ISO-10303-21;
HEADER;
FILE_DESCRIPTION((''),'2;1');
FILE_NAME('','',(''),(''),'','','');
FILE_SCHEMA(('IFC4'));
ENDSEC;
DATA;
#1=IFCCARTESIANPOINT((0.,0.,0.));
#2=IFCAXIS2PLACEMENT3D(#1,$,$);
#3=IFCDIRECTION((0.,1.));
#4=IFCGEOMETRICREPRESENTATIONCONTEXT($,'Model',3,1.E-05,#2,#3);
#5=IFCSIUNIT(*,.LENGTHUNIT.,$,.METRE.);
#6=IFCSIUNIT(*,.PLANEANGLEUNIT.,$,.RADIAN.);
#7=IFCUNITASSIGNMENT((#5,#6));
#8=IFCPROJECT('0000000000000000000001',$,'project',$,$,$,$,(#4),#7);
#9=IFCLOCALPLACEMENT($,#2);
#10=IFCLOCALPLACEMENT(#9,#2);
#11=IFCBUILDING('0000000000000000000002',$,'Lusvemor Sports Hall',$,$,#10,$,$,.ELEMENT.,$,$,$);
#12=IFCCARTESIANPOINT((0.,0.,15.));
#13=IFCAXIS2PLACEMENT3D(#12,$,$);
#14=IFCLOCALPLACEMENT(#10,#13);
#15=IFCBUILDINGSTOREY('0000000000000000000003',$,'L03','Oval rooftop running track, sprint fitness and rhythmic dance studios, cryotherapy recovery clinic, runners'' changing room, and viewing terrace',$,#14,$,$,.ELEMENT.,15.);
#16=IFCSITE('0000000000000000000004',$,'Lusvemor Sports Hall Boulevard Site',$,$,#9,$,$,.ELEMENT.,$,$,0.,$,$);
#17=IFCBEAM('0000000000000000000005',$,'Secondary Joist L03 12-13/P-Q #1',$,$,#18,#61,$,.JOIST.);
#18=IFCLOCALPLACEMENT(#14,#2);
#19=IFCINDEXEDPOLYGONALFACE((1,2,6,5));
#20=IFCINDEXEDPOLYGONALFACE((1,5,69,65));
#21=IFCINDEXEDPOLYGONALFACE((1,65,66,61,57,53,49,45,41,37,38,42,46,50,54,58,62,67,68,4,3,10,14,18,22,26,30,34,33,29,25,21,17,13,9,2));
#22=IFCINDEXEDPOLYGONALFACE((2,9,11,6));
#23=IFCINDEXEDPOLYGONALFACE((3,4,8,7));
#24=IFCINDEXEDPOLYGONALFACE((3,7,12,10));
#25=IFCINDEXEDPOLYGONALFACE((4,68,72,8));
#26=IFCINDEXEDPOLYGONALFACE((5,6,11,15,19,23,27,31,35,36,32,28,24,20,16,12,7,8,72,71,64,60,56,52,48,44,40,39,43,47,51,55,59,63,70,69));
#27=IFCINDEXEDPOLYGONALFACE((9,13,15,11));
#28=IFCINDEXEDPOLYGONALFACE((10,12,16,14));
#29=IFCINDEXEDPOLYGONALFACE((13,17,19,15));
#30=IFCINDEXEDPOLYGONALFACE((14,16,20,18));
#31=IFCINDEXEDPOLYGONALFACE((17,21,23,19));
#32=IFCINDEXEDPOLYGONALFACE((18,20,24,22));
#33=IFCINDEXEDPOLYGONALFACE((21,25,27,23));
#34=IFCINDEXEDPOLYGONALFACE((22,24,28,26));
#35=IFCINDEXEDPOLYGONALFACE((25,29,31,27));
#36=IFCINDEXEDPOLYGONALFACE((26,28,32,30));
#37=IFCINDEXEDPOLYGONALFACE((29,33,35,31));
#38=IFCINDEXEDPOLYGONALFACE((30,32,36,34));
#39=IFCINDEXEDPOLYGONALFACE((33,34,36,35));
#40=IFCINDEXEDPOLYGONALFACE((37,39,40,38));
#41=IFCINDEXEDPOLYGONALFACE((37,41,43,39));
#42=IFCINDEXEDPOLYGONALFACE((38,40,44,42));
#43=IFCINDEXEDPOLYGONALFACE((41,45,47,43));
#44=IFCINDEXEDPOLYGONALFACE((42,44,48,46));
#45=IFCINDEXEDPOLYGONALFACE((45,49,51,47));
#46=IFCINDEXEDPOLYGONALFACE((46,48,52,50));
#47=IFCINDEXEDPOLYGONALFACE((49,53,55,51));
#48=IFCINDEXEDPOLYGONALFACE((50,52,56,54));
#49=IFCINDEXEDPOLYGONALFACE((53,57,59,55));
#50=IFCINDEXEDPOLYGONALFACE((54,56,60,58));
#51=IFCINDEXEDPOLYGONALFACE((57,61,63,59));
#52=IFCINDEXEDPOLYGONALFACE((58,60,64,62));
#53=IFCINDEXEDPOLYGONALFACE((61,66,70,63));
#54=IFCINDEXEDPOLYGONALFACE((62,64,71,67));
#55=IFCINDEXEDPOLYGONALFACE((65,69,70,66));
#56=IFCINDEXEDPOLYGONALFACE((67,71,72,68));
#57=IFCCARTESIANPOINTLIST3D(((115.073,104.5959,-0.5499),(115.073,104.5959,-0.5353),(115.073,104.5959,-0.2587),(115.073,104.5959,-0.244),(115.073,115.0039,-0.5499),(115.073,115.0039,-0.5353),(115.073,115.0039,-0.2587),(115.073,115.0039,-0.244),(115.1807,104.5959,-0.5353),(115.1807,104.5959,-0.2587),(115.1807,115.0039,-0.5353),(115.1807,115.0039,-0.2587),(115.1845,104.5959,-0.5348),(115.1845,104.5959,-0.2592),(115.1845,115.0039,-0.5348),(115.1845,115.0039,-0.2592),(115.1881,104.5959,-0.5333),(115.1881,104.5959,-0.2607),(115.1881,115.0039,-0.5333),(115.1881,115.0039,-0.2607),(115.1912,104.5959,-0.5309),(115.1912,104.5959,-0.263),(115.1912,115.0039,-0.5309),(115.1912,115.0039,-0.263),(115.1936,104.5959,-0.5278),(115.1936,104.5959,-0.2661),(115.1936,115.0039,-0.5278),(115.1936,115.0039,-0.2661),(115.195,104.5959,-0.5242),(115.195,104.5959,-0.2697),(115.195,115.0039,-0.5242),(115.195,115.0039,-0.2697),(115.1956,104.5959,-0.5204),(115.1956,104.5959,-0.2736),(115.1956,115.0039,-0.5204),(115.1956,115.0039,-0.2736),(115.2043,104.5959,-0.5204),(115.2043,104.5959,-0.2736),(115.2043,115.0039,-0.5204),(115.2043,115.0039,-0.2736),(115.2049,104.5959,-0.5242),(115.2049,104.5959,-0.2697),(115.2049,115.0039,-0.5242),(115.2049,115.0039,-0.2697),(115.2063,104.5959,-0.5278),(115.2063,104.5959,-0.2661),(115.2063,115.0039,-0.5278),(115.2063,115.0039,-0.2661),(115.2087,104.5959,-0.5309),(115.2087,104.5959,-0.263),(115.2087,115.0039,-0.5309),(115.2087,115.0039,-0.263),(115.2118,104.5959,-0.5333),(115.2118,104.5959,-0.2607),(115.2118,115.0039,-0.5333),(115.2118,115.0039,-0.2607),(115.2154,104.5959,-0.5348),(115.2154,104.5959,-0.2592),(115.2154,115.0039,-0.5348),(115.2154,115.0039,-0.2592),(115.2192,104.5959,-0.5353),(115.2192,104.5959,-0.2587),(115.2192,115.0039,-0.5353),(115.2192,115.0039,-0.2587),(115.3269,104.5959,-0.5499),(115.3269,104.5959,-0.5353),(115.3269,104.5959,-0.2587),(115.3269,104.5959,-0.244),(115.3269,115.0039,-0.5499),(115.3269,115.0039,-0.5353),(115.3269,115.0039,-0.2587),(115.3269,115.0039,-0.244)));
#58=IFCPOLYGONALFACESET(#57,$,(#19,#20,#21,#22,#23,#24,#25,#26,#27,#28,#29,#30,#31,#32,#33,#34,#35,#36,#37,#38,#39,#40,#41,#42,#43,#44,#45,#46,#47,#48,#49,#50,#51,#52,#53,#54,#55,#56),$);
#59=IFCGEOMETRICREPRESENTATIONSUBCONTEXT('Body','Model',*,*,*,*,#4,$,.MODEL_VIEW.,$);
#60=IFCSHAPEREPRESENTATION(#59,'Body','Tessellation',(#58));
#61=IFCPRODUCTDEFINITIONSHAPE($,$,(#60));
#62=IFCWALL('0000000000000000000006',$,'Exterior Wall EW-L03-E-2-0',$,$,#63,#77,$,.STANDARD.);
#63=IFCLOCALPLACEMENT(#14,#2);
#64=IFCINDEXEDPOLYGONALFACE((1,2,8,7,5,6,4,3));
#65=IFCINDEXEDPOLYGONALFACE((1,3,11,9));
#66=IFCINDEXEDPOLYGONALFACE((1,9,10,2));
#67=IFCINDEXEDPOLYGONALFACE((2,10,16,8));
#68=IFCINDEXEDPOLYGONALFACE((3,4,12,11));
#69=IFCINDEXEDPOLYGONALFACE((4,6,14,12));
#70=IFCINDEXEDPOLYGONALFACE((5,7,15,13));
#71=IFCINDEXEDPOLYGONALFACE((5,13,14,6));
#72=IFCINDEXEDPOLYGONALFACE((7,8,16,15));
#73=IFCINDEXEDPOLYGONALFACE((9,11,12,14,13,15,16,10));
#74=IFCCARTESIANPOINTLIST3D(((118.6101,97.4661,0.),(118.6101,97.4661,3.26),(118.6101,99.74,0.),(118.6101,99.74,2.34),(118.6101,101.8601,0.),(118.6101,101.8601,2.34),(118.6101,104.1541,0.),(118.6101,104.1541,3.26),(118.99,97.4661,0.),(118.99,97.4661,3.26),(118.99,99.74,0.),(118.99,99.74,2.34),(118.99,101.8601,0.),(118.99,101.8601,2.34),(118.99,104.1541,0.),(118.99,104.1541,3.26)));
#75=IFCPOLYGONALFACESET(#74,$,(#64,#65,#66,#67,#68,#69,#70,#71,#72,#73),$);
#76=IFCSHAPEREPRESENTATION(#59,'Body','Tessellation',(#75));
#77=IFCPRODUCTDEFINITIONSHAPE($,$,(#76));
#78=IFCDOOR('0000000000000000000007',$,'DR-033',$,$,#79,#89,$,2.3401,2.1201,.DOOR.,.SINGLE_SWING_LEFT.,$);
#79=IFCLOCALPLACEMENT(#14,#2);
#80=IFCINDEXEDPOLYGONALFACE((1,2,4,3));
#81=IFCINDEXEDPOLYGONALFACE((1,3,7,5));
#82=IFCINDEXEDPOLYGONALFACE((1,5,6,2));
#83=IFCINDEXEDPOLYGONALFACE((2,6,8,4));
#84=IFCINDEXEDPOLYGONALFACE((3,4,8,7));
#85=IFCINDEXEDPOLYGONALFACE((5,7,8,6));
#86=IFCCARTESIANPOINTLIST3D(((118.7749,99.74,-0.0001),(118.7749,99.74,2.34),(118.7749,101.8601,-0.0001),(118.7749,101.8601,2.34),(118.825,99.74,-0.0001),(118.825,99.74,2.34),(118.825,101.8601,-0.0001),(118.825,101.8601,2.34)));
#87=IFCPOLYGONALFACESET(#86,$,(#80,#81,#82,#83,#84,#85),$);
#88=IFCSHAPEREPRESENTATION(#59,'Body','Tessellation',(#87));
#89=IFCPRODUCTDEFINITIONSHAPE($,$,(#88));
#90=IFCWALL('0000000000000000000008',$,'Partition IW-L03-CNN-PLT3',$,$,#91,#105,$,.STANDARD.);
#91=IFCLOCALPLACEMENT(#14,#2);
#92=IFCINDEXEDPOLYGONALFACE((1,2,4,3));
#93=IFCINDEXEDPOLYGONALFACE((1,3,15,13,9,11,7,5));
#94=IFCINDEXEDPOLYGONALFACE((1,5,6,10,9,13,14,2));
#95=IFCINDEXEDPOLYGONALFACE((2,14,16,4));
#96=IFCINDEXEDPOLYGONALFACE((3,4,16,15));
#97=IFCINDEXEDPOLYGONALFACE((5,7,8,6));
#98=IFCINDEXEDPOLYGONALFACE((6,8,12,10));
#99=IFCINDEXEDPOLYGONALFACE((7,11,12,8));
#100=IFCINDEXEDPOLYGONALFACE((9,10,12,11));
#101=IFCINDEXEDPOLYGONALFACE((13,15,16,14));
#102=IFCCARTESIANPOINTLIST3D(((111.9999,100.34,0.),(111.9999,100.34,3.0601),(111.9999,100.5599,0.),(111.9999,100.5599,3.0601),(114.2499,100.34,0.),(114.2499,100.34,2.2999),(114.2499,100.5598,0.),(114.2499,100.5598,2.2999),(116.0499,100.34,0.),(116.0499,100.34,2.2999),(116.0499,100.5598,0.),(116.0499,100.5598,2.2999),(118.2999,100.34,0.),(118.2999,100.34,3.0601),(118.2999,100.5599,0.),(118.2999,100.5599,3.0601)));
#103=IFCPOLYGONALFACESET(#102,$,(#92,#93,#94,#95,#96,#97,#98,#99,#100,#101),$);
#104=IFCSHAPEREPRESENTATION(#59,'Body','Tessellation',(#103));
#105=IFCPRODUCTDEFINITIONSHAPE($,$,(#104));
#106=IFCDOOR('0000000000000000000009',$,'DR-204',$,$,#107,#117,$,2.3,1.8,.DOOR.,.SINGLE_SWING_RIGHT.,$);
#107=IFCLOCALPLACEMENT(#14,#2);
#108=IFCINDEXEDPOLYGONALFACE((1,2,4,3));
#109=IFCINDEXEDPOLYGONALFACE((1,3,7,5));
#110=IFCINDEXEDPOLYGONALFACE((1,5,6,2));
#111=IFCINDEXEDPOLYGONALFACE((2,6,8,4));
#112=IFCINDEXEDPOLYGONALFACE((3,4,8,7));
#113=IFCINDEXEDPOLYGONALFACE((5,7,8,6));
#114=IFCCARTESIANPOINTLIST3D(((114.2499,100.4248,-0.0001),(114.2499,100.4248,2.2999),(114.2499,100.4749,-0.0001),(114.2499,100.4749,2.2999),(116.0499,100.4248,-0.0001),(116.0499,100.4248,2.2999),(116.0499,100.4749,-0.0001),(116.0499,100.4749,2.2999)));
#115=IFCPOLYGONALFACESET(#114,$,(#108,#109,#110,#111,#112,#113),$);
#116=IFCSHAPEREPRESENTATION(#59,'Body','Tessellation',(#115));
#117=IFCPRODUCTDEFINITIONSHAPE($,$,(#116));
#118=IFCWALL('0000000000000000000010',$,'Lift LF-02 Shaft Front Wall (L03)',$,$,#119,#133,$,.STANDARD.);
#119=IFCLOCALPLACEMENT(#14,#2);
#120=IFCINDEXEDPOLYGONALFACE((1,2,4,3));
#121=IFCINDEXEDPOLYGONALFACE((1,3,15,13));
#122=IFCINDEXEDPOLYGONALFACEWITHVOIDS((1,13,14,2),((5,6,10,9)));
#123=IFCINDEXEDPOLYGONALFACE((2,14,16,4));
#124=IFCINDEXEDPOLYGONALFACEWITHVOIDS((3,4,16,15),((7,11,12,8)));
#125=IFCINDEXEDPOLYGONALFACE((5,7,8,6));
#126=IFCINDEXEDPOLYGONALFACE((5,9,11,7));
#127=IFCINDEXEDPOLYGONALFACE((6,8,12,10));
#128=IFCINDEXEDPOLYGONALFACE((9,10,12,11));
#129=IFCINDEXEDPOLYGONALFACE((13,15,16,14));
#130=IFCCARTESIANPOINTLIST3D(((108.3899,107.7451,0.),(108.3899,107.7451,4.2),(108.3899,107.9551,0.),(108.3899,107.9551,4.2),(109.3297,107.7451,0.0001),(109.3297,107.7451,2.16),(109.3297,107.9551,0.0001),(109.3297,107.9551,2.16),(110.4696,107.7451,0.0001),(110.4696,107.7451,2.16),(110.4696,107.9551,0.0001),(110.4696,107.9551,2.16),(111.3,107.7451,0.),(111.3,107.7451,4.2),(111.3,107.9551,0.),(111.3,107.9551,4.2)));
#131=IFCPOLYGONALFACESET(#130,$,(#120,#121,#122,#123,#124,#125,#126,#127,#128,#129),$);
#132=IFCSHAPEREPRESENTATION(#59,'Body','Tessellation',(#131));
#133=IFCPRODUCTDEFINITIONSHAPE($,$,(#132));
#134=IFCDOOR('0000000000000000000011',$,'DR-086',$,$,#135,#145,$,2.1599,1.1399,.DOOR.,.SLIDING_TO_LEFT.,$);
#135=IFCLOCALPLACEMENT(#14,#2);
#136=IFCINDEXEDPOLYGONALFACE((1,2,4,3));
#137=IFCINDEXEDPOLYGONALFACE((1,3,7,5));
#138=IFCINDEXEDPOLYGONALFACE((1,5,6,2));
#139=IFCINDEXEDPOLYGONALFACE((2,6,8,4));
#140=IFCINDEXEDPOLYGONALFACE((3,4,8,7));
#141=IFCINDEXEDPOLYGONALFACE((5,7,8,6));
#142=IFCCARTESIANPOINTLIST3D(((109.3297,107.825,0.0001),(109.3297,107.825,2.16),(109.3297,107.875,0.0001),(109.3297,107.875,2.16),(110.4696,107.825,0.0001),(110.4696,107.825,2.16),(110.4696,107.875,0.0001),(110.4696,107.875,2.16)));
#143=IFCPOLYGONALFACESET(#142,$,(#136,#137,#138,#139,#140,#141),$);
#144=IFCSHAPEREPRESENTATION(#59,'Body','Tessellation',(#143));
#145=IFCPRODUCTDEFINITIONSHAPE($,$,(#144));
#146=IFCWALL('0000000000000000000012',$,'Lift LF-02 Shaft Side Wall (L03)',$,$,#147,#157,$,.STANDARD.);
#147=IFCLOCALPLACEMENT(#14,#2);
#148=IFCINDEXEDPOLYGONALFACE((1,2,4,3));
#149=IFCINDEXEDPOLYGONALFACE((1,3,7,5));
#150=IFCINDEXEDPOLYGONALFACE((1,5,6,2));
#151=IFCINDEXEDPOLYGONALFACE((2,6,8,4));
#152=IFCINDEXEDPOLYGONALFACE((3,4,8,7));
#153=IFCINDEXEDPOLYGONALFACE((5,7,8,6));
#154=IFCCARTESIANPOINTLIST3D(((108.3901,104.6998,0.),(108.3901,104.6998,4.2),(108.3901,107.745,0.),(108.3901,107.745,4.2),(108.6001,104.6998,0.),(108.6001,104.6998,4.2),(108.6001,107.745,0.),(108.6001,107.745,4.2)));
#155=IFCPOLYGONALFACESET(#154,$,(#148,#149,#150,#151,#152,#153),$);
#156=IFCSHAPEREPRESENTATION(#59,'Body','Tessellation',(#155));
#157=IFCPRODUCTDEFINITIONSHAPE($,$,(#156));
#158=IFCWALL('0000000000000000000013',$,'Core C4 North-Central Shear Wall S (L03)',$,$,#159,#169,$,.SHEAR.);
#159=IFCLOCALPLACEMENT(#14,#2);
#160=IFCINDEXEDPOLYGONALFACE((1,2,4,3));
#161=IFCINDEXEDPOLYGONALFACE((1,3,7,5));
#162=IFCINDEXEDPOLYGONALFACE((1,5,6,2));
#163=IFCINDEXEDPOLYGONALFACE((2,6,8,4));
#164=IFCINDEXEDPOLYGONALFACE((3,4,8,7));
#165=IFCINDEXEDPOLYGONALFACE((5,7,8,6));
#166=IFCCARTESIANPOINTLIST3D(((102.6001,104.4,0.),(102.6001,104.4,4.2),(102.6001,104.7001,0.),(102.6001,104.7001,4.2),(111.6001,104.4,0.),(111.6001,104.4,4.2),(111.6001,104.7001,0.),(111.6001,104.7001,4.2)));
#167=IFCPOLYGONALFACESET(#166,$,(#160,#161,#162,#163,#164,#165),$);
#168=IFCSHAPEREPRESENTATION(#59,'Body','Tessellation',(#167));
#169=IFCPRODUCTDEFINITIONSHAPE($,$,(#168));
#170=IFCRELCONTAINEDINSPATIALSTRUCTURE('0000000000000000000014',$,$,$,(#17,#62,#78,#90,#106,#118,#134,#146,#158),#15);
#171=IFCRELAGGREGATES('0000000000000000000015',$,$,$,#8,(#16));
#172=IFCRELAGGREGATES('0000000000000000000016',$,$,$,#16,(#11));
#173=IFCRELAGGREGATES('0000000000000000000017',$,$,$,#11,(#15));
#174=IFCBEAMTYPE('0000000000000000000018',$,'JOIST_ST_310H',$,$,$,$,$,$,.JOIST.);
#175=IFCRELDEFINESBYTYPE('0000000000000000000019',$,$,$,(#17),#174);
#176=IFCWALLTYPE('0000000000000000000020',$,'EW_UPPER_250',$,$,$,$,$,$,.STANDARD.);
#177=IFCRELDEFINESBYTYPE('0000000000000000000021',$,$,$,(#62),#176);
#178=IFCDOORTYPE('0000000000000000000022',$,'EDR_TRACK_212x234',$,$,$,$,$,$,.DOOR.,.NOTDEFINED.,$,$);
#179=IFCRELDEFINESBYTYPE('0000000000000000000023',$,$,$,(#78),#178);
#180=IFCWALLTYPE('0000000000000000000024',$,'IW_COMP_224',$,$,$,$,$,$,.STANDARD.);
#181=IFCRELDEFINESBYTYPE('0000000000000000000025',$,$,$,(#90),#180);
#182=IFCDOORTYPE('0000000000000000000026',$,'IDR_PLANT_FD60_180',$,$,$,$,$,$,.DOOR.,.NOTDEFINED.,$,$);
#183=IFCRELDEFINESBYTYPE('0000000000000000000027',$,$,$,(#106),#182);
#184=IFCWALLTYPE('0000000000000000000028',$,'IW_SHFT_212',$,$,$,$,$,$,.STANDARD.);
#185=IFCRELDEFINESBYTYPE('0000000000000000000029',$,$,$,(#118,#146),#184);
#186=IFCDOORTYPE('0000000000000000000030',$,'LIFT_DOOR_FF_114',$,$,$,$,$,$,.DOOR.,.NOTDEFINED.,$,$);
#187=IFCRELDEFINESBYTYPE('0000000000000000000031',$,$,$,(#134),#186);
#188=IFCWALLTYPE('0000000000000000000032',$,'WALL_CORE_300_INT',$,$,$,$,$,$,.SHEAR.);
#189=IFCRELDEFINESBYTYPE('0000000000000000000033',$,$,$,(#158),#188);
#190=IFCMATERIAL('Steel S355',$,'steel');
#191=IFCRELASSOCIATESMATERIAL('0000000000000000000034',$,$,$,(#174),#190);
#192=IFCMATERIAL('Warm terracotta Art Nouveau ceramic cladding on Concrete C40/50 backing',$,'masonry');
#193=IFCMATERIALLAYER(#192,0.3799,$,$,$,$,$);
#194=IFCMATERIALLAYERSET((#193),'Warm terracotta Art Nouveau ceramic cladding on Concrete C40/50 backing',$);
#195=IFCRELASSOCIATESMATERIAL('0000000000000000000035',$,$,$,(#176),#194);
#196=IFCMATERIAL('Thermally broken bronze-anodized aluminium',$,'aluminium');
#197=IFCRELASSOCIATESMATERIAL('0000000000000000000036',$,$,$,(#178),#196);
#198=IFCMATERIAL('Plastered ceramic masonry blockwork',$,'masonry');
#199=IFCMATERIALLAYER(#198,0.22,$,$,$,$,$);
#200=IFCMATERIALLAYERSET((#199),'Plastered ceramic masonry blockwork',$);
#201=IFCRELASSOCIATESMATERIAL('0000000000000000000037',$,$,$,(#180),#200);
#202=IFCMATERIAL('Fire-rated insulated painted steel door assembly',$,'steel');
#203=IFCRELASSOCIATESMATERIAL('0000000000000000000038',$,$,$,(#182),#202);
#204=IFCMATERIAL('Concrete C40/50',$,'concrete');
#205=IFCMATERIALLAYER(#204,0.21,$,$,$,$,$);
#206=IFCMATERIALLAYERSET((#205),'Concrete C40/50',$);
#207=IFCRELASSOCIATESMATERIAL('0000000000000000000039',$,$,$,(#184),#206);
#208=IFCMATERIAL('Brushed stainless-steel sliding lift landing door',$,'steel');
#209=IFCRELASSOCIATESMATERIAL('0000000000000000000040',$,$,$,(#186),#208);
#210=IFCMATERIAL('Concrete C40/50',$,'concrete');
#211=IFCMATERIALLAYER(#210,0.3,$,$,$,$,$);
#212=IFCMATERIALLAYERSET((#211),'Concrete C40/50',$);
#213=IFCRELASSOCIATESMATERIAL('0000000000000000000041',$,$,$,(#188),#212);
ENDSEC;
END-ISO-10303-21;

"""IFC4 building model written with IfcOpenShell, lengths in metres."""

from ifc_helpers import new_model, si_unit, direction, frame, frame_2d, origin, origin_2d, place, context, subcontext, project, spatial, rectangle, i_section, extrude, material, layer, layer_set, material_profile, profile_set, type_object, element, fill, save


model = new_model("IFC4")

# Units and contexts
model_context = context("Model", 3, precision=1e-05, world=origin(), true_north=direction((0.0, 1.0)))
body_context = subcontext(model_context, "Body", "Model", "MODEL_VIEW")
ifc_project = project(units=[si_unit("LENGTHUNIT", "METRE"), si_unit("PLANEANGLEUNIT", "RADIAN")], contexts=[model_context])

# Site, building, storey
site_placement = place(None, origin())
site = spatial("IfcSite", under=ifc_project, at=site_placement, Name="Lusvemor Sports Hall Boulevard Site", CompositionType="ELEMENT", RefElevation=0.0)
building_placement = place(site_placement, origin())
building = spatial("IfcBuilding", under=site, at=building_placement, Name="Lusvemor Sports Hall", CompositionType="ELEMENT")
storey_placement = place(building_placement, frame((0.0, 0.0, 15.0)))
storey = spatial("IfcBuildingStorey", under=building, at=storey_placement, Name="L03", Description="Oval rooftop running track, sprint fitness and rhythmic dance studios, cryotherapy recovery clinic, runners' changing room, and viewing terrace", CompositionType="ELEMENT", Elevation=15.0)

# Beam
ifc_material_1 = material(Name="Steel S355", Category="steel")
ifc_material_profile_1 = material_profile(ifc_material_1, i_section(OverallWidth=0.2539, OverallDepth=0.3059, WebThickness=0.0088, FlangeThickness=0.0146, FilletRadius=0.0149, at=origin_2d()), Name="W310x79.0")
ifc_profile_set_1 = profile_set([ifc_material_profile_1], Name="Steel S355")
beam_type_1 = type_object("IfcBeamType", Name="JOIST_ST_310H", PredefinedType="JOIST", material=ifc_profile_set_1)
beam_1_placement = place(storey_placement, frame((115.2, 104.5959, -0.397), z_axis=(0.0, 1.0, 0.0), x_axis=(-1.0, 0.0, 0.0)))
element("IfcBeam", 1, at=beam_1_placement, inside=storey, type_object=beam_type_1, Name="Secondary Joist L03 12-13/P-Q #1", PredefinedType="JOIST", context=body_context, shape_type="SweptSolid", body=[
    extrude(i_section(OverallWidth=0.2539, OverallDepth=0.3059, WebThickness=0.0088, FlangeThickness=0.0146, FilletRadius=0.0149, at=origin_2d()), origin(), (0.0, 0.0, 1.0), 10.408),
])

# Walls, openings, doors
ifc_material_2 = material(Name="Warm terracotta Art Nouveau ceramic cladding on Concrete C40/50 backing", Category="masonry")
ifc_layer_1 = layer(ifc_material_2, 0.3799)
ifc_layer_set_1 = layer_set([ifc_layer_1], Name="Warm terracotta Art Nouveau ceramic cladding on Concrete C40/50 backing")
wall_type_1 = type_object("IfcWallType", Name="EW_UPPER_250", PredefinedType="STANDARD", material=ifc_layer_set_1)
wall_1_placement = place(storey_placement, frame((118.8, 104.1541, 0.0), z_axis=(0.0, 0.0, 1.0), x_axis=(0.0, -1.0, 0.0)))
wall_1 = element("IfcWall", 2, at=wall_1_placement, inside=storey, type_object=wall_type_1, Name="Exterior Wall EW-L03-E-2-0", PredefinedType="STANDARD", context=body_context, shape_type="SweptSolid", body=[
    extrude(rectangle(XDim=6.688, YDim=0.3799, at=frame_2d((3.344, 0.0))), origin(), (0.0, 0.0, 1.0), 3.26),
])
opening_1_placement = place(wall_1_placement, frame((2.2939, 0.0, 0.0)))
opening_1 = element("IfcOpeningElement", 3, at=opening_1_placement, cuts=wall_1, PredefinedType="OPENING", context=body_context, shape_type="SweptSolid", body=[
    extrude(rectangle(XDim=2.1201, YDim=2.3401, at=frame_2d((1.0601, 1.1699))), frame((0.0, 0.1899, 0.0), z_axis=(0.0, -1.0, 0.0), x_axis=(1.0, 0.0, 0.0)), (0.0, 0.0, 1.0), 0.3799),
])
ifc_material_3 = material(Name="Thermally broken bronze-anodized aluminium", Category="aluminium")
door_type_1 = type_object("IfcDoorType", Name="EDR_TRACK_212x234", OperationType="NOTDEFINED", PredefinedType="DOOR", material=ifc_material_3)
door_1_placement = place(opening_1_placement, origin())
door_1 = element("IfcDoor", 4, at=door_1_placement, inside=storey, type_object=door_type_1, Name="DR-033", OperationType="SINGLE_SWING_LEFT", OverallHeight=2.3401, OverallWidth=2.1201, PredefinedType="DOOR", context=body_context, shape_type="SweptSolid", body=[
    extrude(rectangle(XDim=2.1201, YDim=2.3401, at=frame_2d((1.0601, 1.1699))), frame((0.0, 0.0249, 0.0), z_axis=(0.0, -1.0, 0.0), x_axis=(1.0, 0.0, 0.0)), (0.0, 0.0, 1.0), 0.05),
])
fill(opening_1, door_1)
ifc_material_4 = material(Name="Plastered ceramic masonry blockwork", Category="masonry")
ifc_layer_2 = layer(ifc_material_4, 0.22)
ifc_layer_set_2 = layer_set([ifc_layer_2], Name="Plastered ceramic masonry blockwork")
wall_type_2 = type_object("IfcWallType", Name="IW_COMP_224", PredefinedType="STANDARD", material=ifc_layer_set_2)
wall_2_placement = place(storey_placement, frame((112.0, 100.45, 0.0), z_axis=(0.0, 0.0, 1.0), x_axis=(1.0, 0.0, 0.0)))
wall_2 = element("IfcWall", 5, at=wall_2_placement, inside=storey, type_object=wall_type_2, Name="Partition IW-L03-CNN-PLT3", PredefinedType="STANDARD", context=body_context, shape_type="SweptSolid", body=[
    extrude(rectangle(XDim=6.3, YDim=0.22, at=frame_2d((3.1499, 0.0))), origin(), (0.0, 0.0, 1.0), 3.0601),
])
opening_2_placement = place(wall_2_placement, frame((2.25, 0.0, 0.0)))
opening_2 = element("IfcOpeningElement", 6, at=opening_2_placement, cuts=wall_2, PredefinedType="OPENING", context=body_context, shape_type="SweptSolid", body=[
    extrude(rectangle(XDim=1.8, YDim=2.3, at=frame_2d((0.8999, 1.1499))), frame((0.0, 0.1099, 0.0), z_axis=(0.0, -1.0, 0.0), x_axis=(1.0, 0.0, 0.0)), (0.0, 0.0, 1.0), 0.22),
])
ifc_material_5 = material(Name="Fire-rated insulated painted steel door assembly", Category="steel")
door_type_2 = type_object("IfcDoorType", Name="IDR_PLANT_FD60_180", OperationType="NOTDEFINED", PredefinedType="DOOR", material=ifc_material_5)
door_2_placement = place(opening_2_placement, origin())
door_2 = element("IfcDoor", 7, at=door_2_placement, inside=storey, type_object=door_type_2, Name="DR-204", OperationType="SINGLE_SWING_RIGHT", OverallHeight=2.3, OverallWidth=1.8, PredefinedType="DOOR", context=body_context, shape_type="SweptSolid", body=[
    extrude(rectangle(XDim=1.8, YDim=2.3, at=frame_2d((0.8999, 1.1499))), frame((0.0, 0.0249, 0.0), z_axis=(0.0, -1.0, 0.0), x_axis=(1.0, 0.0, 0.0)), (0.0, 0.0, 1.0), 0.05),
])
fill(opening_2, door_2)
ifc_material_6 = material(Name="Concrete C40/50", Category="concrete")
ifc_layer_3 = layer(ifc_material_6, 0.21)
ifc_layer_set_3 = layer_set([ifc_layer_3], Name="Concrete C40/50")
wall_type_3 = type_object("IfcWallType", Name="IW_SHFT_212", PredefinedType="STANDARD", material=ifc_layer_set_3)
wall_3_placement = place(storey_placement, frame((108.3899, 107.8501, 0.0), z_axis=(0.0, 0.0, 1.0), x_axis=(1.0, 0.0, 0.0)))
wall_3 = element("IfcWall", 8, at=wall_3_placement, inside=storey, type_object=wall_type_3, Name="Lift LF-02 Shaft Front Wall (L03)", PredefinedType="STANDARD", context=body_context, shape_type="SweptSolid", body=[
    extrude(rectangle(XDim=2.9102, YDim=0.21, at=frame_2d((1.4551, 0.0))), origin(), (0.0, 0.0, 1.0), 4.2),
])
opening_3_placement = place(wall_3_placement, frame((0.9399, 0.0, 0.0)))
opening_3 = element("IfcOpeningElement", 9, at=opening_3_placement, cuts=wall_3, PredefinedType="OPENING", context=body_context, shape_type="SweptSolid", body=[
    extrude(rectangle(XDim=1.1399, YDim=2.1599, at=frame_2d((0.5698, 1.0801))), frame((0.0, 0.105, 0.0), z_axis=(0.0, -1.0, 0.0), x_axis=(1.0, 0.0, 0.0)), (0.0, 0.0, 1.0), 0.21),
])
ifc_material_7 = material(Name="Brushed stainless-steel sliding lift landing door", Category="steel")
door_type_3 = type_object("IfcDoorType", Name="LIFT_DOOR_FF_114", OperationType="NOTDEFINED", PredefinedType="DOOR", material=ifc_material_7)
door_3_placement = place(opening_3_placement, origin())
door_3 = element("IfcDoor", 10, at=door_3_placement, inside=storey, type_object=door_type_3, Name="DR-086", OperationType="SLIDING_TO_LEFT", OverallHeight=2.1599, OverallWidth=1.1399, PredefinedType="DOOR", context=body_context, shape_type="SweptSolid", body=[
    extrude(rectangle(XDim=1.1399, YDim=2.1599, at=frame_2d((0.5698, 1.0801))), frame((0.0, 0.0249, 0.0), z_axis=(0.0, -1.0, 0.0), x_axis=(1.0, 0.0, 0.0)), (0.0, 0.0, 1.0), 0.05),
])
fill(opening_3, door_3)

# Walls
wall_4_placement = place(storey_placement, frame((108.4951, 104.7, 0.0), z_axis=(0.0, 0.0, 1.0), x_axis=(0.0, 1.0, 0.0)))
element("IfcWall", 11, at=wall_4_placement, inside=storey, type_object=wall_type_3, Name="Lift LF-02 Shaft Side Wall (L03)", PredefinedType="STANDARD", context=body_context, shape_type="SweptSolid", body=[
    extrude(rectangle(XDim=3.0452, YDim=0.21, at=frame_2d((1.5225, 0.0))), origin(), (0.0, 0.0, 1.0), 4.2),
])
ifc_material_8 = material(Name="Concrete C40/50", Category="concrete")
ifc_layer_4 = layer(ifc_material_8, 0.3)
ifc_layer_set_4 = layer_set([ifc_layer_4], Name="Concrete C40/50")
wall_type_4 = type_object("IfcWallType", Name="WALL_CORE_300_INT", PredefinedType="SHEAR", material=ifc_layer_set_4)
wall_5_placement = place(storey_placement, frame((111.6001, 104.55, 0.0), z_axis=(0.0, 0.0, 1.0), x_axis=(-1.0, 0.0, 0.0)))
element("IfcWall", 12, at=wall_5_placement, inside=storey, type_object=wall_type_4, Name="Core C4 North-Central Shear Wall S (L03)", PredefinedType="SHEAR", context=body_context, shape_type="SweptSolid", body=[
    extrude(rectangle(XDim=9.0, YDim=0.3, at=frame_2d((4.5, 0.0))), origin(), (0.0, 0.0, 1.0), 4.2),
])

save(model, "model.ifc")
